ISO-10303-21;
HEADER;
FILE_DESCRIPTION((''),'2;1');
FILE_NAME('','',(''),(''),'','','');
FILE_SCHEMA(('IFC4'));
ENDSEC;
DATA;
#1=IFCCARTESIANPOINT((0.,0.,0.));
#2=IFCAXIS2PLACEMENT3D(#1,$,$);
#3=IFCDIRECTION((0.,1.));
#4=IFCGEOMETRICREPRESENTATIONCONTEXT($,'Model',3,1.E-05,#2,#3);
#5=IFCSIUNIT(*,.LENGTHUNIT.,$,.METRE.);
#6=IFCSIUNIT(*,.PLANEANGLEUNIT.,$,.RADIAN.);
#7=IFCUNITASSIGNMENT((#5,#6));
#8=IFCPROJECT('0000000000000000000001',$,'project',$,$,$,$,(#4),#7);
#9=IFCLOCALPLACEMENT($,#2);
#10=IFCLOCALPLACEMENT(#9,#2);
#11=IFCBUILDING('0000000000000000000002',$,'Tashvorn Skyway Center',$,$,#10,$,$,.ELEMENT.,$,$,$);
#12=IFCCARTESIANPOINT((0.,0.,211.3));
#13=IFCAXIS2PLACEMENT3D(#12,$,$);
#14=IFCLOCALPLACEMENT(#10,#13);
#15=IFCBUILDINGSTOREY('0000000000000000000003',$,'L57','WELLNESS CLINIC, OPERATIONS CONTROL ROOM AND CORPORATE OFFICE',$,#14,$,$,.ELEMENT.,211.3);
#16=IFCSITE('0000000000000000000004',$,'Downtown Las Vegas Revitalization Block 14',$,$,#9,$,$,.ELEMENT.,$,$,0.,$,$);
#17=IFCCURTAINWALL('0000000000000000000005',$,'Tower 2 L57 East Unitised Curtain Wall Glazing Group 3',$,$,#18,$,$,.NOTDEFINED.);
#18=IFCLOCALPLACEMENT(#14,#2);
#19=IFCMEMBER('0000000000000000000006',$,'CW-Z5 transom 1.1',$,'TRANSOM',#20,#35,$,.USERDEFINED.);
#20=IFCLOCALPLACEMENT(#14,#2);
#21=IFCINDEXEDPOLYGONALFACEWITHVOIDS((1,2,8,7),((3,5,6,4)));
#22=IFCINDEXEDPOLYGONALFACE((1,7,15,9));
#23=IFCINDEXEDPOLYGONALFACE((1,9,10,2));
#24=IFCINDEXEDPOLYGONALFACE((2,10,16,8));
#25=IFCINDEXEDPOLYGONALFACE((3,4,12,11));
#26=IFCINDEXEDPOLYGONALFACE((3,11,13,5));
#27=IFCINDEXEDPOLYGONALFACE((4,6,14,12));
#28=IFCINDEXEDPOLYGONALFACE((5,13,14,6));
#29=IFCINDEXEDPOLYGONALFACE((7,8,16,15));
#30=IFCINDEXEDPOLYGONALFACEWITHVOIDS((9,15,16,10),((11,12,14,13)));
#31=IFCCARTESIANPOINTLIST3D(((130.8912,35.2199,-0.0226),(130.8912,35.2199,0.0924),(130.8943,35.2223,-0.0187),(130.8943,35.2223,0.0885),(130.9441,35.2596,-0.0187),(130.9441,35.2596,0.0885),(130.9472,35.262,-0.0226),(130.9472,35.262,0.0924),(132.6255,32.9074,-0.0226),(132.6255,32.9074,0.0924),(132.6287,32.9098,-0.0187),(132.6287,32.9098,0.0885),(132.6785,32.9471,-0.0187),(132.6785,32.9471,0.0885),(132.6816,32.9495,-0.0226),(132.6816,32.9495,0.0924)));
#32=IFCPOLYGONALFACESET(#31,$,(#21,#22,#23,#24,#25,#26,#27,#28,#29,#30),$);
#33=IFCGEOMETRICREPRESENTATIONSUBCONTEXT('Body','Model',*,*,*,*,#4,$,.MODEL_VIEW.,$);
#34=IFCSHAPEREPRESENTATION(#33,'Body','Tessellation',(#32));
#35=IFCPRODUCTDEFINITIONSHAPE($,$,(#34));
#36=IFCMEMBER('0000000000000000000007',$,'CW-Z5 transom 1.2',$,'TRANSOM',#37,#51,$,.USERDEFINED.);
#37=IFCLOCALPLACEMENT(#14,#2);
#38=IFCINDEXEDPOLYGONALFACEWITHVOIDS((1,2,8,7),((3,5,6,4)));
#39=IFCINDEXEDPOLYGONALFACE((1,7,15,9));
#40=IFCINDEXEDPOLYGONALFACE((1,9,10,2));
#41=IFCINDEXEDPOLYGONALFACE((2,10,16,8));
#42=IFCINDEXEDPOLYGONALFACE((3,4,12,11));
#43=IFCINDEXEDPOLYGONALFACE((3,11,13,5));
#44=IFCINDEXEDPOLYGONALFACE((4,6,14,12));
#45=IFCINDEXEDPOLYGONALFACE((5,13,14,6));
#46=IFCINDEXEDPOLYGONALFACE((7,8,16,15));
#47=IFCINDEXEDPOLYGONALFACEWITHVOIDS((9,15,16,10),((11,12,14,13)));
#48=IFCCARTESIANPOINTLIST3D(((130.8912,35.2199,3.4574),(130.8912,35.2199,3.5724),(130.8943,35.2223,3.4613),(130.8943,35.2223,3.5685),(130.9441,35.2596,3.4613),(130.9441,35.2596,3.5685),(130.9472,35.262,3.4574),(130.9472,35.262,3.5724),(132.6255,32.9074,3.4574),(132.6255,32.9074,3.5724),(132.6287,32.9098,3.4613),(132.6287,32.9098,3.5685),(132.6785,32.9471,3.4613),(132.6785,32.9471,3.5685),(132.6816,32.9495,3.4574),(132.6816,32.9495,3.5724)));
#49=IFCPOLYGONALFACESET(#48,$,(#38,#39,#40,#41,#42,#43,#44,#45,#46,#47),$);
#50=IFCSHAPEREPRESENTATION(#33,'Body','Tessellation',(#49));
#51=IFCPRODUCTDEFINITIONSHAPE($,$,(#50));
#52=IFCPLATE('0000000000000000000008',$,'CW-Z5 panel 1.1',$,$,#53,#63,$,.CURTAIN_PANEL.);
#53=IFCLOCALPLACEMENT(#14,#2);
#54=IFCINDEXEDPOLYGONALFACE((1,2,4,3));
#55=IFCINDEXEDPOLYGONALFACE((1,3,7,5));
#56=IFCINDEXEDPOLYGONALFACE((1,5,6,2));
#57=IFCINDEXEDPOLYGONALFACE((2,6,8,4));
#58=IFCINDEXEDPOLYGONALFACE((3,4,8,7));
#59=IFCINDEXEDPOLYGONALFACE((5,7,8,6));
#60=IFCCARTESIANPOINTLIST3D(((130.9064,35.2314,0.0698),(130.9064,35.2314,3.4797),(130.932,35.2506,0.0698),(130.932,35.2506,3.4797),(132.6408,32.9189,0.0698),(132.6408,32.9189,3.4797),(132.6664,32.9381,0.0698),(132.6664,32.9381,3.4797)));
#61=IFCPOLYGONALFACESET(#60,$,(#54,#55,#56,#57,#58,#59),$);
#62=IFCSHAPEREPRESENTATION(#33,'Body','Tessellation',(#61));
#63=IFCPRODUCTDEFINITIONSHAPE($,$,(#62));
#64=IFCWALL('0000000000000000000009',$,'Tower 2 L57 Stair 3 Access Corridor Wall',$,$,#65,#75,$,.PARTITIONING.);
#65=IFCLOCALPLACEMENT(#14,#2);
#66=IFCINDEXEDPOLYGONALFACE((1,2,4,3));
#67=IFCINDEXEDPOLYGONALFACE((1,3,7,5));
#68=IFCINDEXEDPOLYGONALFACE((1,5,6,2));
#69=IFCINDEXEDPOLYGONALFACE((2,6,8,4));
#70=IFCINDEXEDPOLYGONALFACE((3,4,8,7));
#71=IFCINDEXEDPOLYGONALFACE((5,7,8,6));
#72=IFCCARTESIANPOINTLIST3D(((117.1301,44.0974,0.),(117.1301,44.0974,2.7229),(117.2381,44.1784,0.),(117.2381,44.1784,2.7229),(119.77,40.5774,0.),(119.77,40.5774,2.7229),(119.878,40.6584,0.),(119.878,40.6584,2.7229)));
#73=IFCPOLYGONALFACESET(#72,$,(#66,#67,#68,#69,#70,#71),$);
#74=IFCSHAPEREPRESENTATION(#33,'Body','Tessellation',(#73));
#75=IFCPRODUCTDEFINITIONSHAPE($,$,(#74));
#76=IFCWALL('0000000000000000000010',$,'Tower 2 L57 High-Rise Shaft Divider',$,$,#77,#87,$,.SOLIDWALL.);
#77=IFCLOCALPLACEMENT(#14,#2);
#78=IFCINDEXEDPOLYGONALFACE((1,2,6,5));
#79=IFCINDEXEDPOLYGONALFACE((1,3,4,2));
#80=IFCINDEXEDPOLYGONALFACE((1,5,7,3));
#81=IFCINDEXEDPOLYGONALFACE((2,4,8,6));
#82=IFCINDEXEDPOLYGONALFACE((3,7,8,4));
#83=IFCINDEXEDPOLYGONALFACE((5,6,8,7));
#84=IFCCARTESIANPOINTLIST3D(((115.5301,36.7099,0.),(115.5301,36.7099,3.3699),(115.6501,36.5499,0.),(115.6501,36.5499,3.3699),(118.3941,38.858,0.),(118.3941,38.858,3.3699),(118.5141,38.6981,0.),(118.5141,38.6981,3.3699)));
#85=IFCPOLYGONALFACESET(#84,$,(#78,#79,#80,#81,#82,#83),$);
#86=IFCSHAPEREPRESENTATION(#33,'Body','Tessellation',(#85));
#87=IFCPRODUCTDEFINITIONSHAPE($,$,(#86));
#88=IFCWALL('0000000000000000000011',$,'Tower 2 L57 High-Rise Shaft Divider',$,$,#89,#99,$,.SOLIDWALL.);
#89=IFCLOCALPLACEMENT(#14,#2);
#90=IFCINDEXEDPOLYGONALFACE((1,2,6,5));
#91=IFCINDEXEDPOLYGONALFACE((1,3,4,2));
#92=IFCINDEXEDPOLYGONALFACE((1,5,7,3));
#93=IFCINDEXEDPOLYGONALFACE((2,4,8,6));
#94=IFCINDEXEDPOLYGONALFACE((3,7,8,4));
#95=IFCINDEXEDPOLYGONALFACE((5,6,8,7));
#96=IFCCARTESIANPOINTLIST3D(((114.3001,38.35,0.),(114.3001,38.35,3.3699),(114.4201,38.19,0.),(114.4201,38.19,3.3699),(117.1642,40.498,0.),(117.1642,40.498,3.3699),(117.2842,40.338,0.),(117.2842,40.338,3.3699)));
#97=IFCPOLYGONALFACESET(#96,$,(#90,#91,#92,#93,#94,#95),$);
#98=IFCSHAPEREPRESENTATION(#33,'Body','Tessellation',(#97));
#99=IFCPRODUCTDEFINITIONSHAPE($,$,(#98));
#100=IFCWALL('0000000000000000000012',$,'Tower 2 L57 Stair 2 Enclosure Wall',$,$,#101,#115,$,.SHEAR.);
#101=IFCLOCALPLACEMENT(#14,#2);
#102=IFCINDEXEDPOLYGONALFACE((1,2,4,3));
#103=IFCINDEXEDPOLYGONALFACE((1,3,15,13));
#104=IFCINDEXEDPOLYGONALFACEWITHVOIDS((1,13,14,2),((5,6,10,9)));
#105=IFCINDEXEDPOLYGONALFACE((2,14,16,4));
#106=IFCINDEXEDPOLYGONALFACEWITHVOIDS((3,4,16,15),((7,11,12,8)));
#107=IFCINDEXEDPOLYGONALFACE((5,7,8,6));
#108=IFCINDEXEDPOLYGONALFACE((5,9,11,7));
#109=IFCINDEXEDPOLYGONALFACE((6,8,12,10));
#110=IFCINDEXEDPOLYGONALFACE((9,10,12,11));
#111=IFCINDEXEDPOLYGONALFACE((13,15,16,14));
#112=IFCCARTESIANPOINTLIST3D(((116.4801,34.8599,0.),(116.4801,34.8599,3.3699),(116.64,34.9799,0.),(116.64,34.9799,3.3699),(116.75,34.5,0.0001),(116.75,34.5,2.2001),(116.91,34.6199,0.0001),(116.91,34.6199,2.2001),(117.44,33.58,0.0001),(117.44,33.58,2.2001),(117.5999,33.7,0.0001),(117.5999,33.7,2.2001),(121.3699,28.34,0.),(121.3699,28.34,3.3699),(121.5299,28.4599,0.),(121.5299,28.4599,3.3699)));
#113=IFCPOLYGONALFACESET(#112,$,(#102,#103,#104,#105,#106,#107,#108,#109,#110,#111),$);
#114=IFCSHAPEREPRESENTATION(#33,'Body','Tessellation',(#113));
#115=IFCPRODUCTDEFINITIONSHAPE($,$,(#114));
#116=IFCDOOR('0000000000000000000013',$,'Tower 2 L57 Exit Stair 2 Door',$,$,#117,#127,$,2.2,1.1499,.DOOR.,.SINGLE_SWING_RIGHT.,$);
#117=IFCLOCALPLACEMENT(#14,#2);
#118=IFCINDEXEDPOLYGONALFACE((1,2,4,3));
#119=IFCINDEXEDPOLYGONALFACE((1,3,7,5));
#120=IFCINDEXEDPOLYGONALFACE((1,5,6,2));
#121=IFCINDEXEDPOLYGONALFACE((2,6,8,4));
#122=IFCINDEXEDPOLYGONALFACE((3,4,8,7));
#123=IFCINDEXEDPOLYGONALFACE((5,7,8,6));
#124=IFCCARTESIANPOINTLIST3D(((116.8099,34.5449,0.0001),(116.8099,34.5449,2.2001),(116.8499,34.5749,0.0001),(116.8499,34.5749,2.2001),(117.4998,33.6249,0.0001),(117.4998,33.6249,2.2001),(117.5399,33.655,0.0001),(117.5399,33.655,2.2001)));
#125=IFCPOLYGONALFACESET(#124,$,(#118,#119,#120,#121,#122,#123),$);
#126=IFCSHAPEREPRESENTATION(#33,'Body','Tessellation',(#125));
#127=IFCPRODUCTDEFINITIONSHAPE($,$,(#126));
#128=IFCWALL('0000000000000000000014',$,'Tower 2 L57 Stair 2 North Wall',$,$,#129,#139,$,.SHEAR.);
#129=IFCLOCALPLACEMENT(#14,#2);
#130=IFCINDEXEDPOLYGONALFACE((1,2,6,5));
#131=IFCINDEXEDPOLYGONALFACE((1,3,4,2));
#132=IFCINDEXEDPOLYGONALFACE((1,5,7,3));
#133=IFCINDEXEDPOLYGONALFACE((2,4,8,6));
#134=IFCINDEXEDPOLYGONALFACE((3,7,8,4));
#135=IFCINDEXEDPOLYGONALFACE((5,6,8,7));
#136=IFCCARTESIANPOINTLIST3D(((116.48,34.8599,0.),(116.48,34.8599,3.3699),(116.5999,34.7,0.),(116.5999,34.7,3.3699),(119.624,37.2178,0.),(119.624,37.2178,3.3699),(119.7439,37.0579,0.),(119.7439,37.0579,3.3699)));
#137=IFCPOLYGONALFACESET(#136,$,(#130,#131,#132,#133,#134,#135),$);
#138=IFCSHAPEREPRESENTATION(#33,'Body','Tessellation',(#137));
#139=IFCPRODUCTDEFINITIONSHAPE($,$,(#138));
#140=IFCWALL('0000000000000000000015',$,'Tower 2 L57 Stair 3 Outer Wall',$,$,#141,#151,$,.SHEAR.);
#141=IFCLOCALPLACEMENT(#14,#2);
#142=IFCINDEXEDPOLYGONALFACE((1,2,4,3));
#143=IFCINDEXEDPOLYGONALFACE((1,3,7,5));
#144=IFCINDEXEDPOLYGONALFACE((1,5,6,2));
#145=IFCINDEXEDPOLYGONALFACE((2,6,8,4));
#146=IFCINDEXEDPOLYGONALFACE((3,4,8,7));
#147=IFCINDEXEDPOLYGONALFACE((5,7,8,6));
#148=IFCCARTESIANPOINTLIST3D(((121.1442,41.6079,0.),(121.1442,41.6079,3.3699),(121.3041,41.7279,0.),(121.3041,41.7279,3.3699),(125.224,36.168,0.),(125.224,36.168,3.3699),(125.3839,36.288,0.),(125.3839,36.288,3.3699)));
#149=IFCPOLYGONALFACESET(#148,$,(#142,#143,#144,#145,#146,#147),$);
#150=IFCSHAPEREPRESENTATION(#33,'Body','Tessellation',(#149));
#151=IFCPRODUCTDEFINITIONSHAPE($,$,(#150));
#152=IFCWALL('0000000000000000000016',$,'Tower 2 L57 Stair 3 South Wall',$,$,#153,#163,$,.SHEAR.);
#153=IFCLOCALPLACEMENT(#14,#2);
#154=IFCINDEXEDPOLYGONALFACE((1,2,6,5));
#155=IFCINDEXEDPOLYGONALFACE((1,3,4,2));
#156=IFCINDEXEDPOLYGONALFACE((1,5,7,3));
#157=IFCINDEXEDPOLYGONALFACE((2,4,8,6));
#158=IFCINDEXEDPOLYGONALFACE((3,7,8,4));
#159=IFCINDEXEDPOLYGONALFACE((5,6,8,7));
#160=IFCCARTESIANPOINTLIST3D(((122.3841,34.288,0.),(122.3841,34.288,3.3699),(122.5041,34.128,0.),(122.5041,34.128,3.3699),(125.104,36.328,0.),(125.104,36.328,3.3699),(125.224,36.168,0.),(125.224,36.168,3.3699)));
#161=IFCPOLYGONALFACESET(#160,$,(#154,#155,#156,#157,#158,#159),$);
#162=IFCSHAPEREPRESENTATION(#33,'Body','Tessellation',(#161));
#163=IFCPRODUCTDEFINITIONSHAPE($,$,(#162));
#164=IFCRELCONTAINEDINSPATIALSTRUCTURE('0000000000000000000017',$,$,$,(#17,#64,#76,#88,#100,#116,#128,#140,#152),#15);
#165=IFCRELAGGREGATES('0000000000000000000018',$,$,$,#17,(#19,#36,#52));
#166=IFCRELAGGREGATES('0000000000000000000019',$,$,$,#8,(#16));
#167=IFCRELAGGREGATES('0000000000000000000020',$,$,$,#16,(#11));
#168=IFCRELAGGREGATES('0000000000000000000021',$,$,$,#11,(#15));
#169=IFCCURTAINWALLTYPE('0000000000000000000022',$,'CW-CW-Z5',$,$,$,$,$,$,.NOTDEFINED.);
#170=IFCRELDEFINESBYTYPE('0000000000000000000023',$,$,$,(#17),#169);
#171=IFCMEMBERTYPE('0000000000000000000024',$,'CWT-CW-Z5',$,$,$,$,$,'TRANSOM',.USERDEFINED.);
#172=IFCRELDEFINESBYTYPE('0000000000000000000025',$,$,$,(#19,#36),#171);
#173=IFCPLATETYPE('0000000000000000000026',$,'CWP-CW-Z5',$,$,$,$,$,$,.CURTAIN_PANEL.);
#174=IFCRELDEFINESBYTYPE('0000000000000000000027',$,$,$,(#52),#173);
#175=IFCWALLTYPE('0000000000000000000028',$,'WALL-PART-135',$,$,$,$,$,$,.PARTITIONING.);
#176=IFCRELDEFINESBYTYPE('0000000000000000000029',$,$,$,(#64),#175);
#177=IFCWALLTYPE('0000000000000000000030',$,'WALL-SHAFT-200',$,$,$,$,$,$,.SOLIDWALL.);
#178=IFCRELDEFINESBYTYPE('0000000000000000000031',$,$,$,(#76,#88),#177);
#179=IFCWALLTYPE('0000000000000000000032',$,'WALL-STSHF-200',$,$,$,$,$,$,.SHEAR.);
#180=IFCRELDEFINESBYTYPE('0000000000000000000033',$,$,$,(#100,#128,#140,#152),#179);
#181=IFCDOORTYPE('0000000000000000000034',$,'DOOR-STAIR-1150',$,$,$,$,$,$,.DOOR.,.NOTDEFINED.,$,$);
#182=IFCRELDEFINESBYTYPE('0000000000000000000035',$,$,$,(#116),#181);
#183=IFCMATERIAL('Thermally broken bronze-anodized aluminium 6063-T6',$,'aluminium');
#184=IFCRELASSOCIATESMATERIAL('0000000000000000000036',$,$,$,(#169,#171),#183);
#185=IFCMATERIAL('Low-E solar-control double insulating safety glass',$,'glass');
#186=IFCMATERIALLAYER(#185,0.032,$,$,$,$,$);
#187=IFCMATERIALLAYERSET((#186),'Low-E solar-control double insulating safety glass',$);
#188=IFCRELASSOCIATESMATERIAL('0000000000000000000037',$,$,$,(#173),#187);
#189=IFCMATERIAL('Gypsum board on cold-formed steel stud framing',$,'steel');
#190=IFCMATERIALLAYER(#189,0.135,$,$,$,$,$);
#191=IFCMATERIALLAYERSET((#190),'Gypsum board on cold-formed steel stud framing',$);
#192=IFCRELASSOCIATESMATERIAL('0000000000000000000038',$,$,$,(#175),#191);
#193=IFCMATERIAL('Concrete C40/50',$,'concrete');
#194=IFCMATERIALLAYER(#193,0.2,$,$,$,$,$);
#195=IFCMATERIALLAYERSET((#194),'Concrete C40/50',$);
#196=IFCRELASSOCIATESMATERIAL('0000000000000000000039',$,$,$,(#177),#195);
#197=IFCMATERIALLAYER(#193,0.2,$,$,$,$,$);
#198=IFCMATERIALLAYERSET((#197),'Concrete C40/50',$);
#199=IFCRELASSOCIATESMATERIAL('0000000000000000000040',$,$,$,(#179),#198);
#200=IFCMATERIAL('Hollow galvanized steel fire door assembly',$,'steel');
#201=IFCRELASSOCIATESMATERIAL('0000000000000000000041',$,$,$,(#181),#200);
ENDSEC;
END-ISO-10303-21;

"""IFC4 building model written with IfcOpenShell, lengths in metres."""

from ifc_helpers import new_model, si_unit, direction, frame, frame_2d, origin, origin_2d, place, context, subcontext, project, spatial, rectangle, hollow_rectangle, extrude, material, layer, layer_set, material_profile, profile_set, type_object, element, fill, aggregate, save


model = new_model("IFC4")

# Units and contexts
model_context = context("Model", 3, precision=1e-05, world=origin(), true_north=direction((0.0, 1.0)))
body_context = subcontext(model_context, "Body", "Model", "MODEL_VIEW")
ifc_project = project(units=[si_unit("LENGTHUNIT", "METRE"), si_unit("PLANEANGLEUNIT", "RADIAN")], contexts=[model_context])

# Site, building, storey
site_placement = place(None, origin())
site = spatial("IfcSite", under=ifc_project, at=site_placement, Name="Downtown Las Vegas Revitalization Block 14", CompositionType="ELEMENT", RefElevation=0.0)
building_placement = place(site_placement, origin())
building = spatial("IfcBuilding", under=site, at=building_placement, Name="Tashvorn Skyway Center", CompositionType="ELEMENT")
storey_placement = place(building_placement, frame((0.0, 0.0, 211.3)))
storey = spatial("IfcBuildingStorey", under=building, at=storey_placement, Name="L57", Description="WELLNESS CLINIC, OPERATIONS CONTROL ROOM AND CORPORATE OFFICE", CompositionType="ELEMENT", Elevation=211.3)

# Shared definitions
ifc_material_1 = material(Name="Thermally broken bronze-anodized aluminium 6063-T6", Category="aluminium")
curtain_wall_type = type_object("IfcCurtainWallType", Name="CW-CW-Z5", PredefinedType="NOTDEFINED", material=ifc_material_1)

# Curtain wall, members, plate
curtain_wall_1_placement = place(storey_placement, origin())
curtain_wall_1 = element("IfcCurtainWall", 1, at=curtain_wall_1_placement, inside=storey, type_object=curtain_wall_type, Name="Tower 2 L57 East Unitised Curtain Wall Glazing Group 3", PredefinedType="NOTDEFINED")
ifc_material_profile_1 = material_profile(ifc_material_1, hollow_rectangle(XDim=0.0701, YDim=0.115, WallThickness=0.0039, at=origin_2d()), Name="ALU-TRAN-70x115")
ifc_profile_set_1 = profile_set([ifc_material_profile_1], Name="Thermally broken bronze-anodized aluminium 6063-T6")
member_type_1 = type_object("IfcMemberType", Name="CWT-CW-Z5", ElementType="TRANSOM", PredefinedType="USERDEFINED", material=ifc_profile_set_1)
member_1_placement = place(storey_placement, frame((130.9192, 35.241, 0.0349), z_axis=(0.6, -0.8, 0.0), x_axis=(0.8, 0.6, 0.0)))
member_1 = element("IfcMember", 2, at=member_1_placement, type_object=member_type_1, Name="CW-Z5 transom 1.1", ObjectType="TRANSOM", PredefinedType="USERDEFINED", context=body_context, shape_type="SweptSolid", body=[
    extrude(hollow_rectangle(XDim=0.0701, YDim=0.115, WallThickness=0.0039, at=origin_2d()), origin(), (0.0, 0.0, 1.0), 2.8906),
])
member_2_placement = place(storey_placement, frame((130.9192, 35.241, 3.5149), z_axis=(0.6, -0.8, 0.0), x_axis=(0.8, 0.6, 0.0)))
member_2 = element("IfcMember", 3, at=member_2_placement, type_object=member_type_1, Name="CW-Z5 transom 1.2", ObjectType="TRANSOM", PredefinedType="USERDEFINED", context=body_context, shape_type="SweptSolid", body=[
    extrude(hollow_rectangle(XDim=0.0701, YDim=0.115, WallThickness=0.0039, at=origin_2d()), origin(), (0.0, 0.0, 1.0), 2.8906),
])
ifc_material_2 = material(Name="Low-E solar-control double insulating safety glass", Category="glass")
ifc_layer_1 = layer(ifc_material_2, 0.032)
ifc_layer_set_1 = layer_set([ifc_layer_1], Name="Low-E solar-control double insulating safety glass")
plate_type = type_object("IfcPlateType", Name="CWP-CW-Z5", PredefinedType="CURTAIN_PANEL", material=ifc_layer_set_1)
plate_placement = place(storey_placement, frame((131.7864, 34.0847, 0.0698), z_axis=(0.0, 0.0, 1.0), x_axis=(0.600003, -0.799998, 0.0)))
plate = element("IfcPlate", 4, at=plate_placement, type_object=plate_type, Name="CW-Z5 panel 1.1", PredefinedType="CURTAIN_PANEL", context=body_context, shape_type="SweptSolid", body=[
    extrude(rectangle(XDim=2.8906, YDim=0.032, at=origin_2d()), origin(), (0.0, 0.0, 1.0), 3.4099),
])
aggregate(curtain_wall_1, [member_1, member_2, plate])

# Walls
ifc_material_3 = material(Name="Gypsum board on cold-formed steel stud framing", Category="steel")
ifc_layer_2 = layer(ifc_material_3, 0.135)
ifc_layer_set_2 = layer_set([ifc_layer_2], Name="Gypsum board on cold-formed steel stud framing")
wall_type_1 = type_object("IfcWallType", Name="WALL-PART-135", PredefinedType="PARTITIONING", material=ifc_layer_set_2)
wall_1_placement = place(storey_placement, frame((119.824, 40.6179, 0.0), z_axis=(0.0, 0.0, 1.0), x_axis=(-0.599982, 0.800013, 0.0)))
element("IfcWall", 5, at=wall_1_placement, inside=storey, type_object=wall_type_1, Name="Tower 2 L57 Stair 3 Access Corridor Wall", PredefinedType="PARTITIONING", context=body_context, shape_type="SweptSolid", body=[
    extrude(rectangle(XDim=4.3999, YDim=0.135, at=frame_2d((2.2, 0.0))), origin(), (0.0, 0.0, 1.0), 2.7229),
])
ifc_material_4 = material(Name="Concrete C40/50", Category="concrete")
ifc_layer_3 = layer(ifc_material_4, 0.2)
ifc_layer_set_3 = layer_set([ifc_layer_3], Name="Concrete C40/50")
wall_type_2 = type_object("IfcWallType", Name="WALL-SHAFT-200", PredefinedType="SOLIDWALL", material=ifc_layer_set_3)
for number, where, z_axis, x_axis, name in (
    (6, (115.5901, 36.6299, 0.0), (0.0, 0.0, 1.0), (0.799975, 0.600033, 0.0), "Tower 2 L57 High-Rise Shaft Divider"),
    (7, (114.3601, 38.27, 0.0), (0.0, 0.0, 1.0), (0.800008, 0.599989, 0.0), "Tower 2 L57 High-Rise Shaft Divider"),
):
    element("IfcWall", number, at=place(storey_placement, frame(where, z_axis=z_axis, x_axis=x_axis)), inside=storey, type_object=wall_type_2, Name=name, PredefinedType="SOLIDWALL", context=body_context, shape_type="SweptSolid", body=[
        extrude(rectangle(XDim=3.5801, YDim=0.2, at=frame_2d((1.79, 0.0))), origin(), (0.0, 0.0, 1.0), 3.3699),
    ])

# Wall, opening, door
ifc_layer_4 = layer(ifc_material_4, 0.2)
ifc_layer_set_4 = layer_set([ifc_layer_4], Name="Concrete C40/50")
wall_type_3 = type_object("IfcWallType", Name="WALL-STSHF-200", PredefinedType="SHEAR", material=ifc_layer_set_4)
wall_2_placement = place(storey_placement, frame((116.5601, 34.9199, 0.0), z_axis=(0.0, 0.0, 1.0), x_axis=(0.59999, -0.800007, 0.0)))
wall_2 = element("IfcWall", 8, at=wall_2_placement, inside=storey, type_object=wall_type_3, Name="Tower 2 L57 Stair 2 Enclosure Wall", PredefinedType="SHEAR", context=body_context, shape_type="SweptSolid", body=[
    extrude(rectangle(XDim=8.1499, YDim=0.2, at=frame_2d((4.075, 0.0))), origin(), (0.0, 0.0, 1.0), 3.3699),
])
opening_placement = place(wall_2_placement, frame((0.45, 0.0, 0.0)))
opening = element("IfcOpeningElement", 9, at=opening_placement, cuts=wall_2, PredefinedType="OPENING", context=body_context, shape_type="SweptSolid", body=[
    extrude(rectangle(XDim=1.1499, YDim=2.2, at=frame_2d((0.575, 1.1001))), frame((0.0, 0.1099, 0.0), z_axis=(0.0, -1.0, 0.0), x_axis=(1.0, 0.0, 0.0)), (0.0, 0.0, 1.0), 0.22),
])
ifc_material_5 = material(Name="Hollow galvanized steel fire door assembly", Category="steel")
door_type = type_object("IfcDoorType", Name="DOOR-STAIR-1150", OperationType="NOTDEFINED", PredefinedType="DOOR", material=ifc_material_5)
door_placement = place(opening_placement, origin())
door = element("IfcDoor", 10, at=door_placement, inside=storey, type_object=door_type, Name="Tower 2 L57 Exit Stair 2 Door", OperationType="SINGLE_SWING_RIGHT", OverallHeight=2.2, OverallWidth=1.1499, PredefinedType="DOOR", context=body_context, shape_type="SweptSolid", body=[
    extrude(rectangle(XDim=1.1499, YDim=2.2, at=frame_2d((0.575, 1.1001))), frame((0.0, 0.0249, 0.0), z_axis=(0.0, -1.0, 0.0), x_axis=(1.0, 0.0, 0.0)), (0.0, 0.0, 1.0), 0.05),
])
fill(opening, door)

# Walls
wall_3_placement = place(storey_placement, frame((116.54, 34.78, 0.0), z_axis=(0.0, 0.0, 1.0), x_axis=(0.800015, 0.59998, 0.0)))
element("IfcWall", 11, at=wall_3_placement, inside=storey, type_object=wall_type_3, Name="Tower 2 L57 Stair 2 North Wall", PredefinedType="SHEAR", context=body_context, shape_type="SweptSolid", body=[
    extrude(rectangle(XDim=3.9299, YDim=0.2, at=frame_2d((1.9648, 0.0))), origin(), (0.0, 0.0, 1.0), 3.3699),
])
wall_4_placement = place(storey_placement, frame((125.304, 36.228, 0.0), z_axis=(0.0, 0.0, 1.0), x_axis=(-0.599989, 0.800009, 0.0)))
element("IfcWall", 12, at=wall_4_placement, inside=storey, type_object=wall_type_3, Name="Tower 2 L57 Stair 3 Outer Wall", PredefinedType="SHEAR", context=body_context, shape_type="SweptSolid", body=[
    extrude(rectangle(XDim=6.7998, YDim=0.2, at=frame_2d((3.3999, 0.0))), origin(), (0.0, 0.0, 1.0), 3.3699),
])
wall_5_placement = place(storey_placement, frame((122.4441, 34.208, 0.0), z_axis=(0.0, 0.0, 1.0), x_axis=(0.799991, 0.600011, 0.0)))
element("IfcWall", 13, at=wall_5_placement, inside=storey, type_object=wall_type_3, Name="Tower 2 L57 Stair 3 South Wall", PredefinedType="SHEAR", context=body_context, shape_type="SweptSolid", body=[
    extrude(rectangle(XDim=3.3999, YDim=0.2, at=frame_2d((1.7, 0.0))), origin(), (0.0, 0.0, 1.0), 3.3699),
])

save(model, "model.ifc")
